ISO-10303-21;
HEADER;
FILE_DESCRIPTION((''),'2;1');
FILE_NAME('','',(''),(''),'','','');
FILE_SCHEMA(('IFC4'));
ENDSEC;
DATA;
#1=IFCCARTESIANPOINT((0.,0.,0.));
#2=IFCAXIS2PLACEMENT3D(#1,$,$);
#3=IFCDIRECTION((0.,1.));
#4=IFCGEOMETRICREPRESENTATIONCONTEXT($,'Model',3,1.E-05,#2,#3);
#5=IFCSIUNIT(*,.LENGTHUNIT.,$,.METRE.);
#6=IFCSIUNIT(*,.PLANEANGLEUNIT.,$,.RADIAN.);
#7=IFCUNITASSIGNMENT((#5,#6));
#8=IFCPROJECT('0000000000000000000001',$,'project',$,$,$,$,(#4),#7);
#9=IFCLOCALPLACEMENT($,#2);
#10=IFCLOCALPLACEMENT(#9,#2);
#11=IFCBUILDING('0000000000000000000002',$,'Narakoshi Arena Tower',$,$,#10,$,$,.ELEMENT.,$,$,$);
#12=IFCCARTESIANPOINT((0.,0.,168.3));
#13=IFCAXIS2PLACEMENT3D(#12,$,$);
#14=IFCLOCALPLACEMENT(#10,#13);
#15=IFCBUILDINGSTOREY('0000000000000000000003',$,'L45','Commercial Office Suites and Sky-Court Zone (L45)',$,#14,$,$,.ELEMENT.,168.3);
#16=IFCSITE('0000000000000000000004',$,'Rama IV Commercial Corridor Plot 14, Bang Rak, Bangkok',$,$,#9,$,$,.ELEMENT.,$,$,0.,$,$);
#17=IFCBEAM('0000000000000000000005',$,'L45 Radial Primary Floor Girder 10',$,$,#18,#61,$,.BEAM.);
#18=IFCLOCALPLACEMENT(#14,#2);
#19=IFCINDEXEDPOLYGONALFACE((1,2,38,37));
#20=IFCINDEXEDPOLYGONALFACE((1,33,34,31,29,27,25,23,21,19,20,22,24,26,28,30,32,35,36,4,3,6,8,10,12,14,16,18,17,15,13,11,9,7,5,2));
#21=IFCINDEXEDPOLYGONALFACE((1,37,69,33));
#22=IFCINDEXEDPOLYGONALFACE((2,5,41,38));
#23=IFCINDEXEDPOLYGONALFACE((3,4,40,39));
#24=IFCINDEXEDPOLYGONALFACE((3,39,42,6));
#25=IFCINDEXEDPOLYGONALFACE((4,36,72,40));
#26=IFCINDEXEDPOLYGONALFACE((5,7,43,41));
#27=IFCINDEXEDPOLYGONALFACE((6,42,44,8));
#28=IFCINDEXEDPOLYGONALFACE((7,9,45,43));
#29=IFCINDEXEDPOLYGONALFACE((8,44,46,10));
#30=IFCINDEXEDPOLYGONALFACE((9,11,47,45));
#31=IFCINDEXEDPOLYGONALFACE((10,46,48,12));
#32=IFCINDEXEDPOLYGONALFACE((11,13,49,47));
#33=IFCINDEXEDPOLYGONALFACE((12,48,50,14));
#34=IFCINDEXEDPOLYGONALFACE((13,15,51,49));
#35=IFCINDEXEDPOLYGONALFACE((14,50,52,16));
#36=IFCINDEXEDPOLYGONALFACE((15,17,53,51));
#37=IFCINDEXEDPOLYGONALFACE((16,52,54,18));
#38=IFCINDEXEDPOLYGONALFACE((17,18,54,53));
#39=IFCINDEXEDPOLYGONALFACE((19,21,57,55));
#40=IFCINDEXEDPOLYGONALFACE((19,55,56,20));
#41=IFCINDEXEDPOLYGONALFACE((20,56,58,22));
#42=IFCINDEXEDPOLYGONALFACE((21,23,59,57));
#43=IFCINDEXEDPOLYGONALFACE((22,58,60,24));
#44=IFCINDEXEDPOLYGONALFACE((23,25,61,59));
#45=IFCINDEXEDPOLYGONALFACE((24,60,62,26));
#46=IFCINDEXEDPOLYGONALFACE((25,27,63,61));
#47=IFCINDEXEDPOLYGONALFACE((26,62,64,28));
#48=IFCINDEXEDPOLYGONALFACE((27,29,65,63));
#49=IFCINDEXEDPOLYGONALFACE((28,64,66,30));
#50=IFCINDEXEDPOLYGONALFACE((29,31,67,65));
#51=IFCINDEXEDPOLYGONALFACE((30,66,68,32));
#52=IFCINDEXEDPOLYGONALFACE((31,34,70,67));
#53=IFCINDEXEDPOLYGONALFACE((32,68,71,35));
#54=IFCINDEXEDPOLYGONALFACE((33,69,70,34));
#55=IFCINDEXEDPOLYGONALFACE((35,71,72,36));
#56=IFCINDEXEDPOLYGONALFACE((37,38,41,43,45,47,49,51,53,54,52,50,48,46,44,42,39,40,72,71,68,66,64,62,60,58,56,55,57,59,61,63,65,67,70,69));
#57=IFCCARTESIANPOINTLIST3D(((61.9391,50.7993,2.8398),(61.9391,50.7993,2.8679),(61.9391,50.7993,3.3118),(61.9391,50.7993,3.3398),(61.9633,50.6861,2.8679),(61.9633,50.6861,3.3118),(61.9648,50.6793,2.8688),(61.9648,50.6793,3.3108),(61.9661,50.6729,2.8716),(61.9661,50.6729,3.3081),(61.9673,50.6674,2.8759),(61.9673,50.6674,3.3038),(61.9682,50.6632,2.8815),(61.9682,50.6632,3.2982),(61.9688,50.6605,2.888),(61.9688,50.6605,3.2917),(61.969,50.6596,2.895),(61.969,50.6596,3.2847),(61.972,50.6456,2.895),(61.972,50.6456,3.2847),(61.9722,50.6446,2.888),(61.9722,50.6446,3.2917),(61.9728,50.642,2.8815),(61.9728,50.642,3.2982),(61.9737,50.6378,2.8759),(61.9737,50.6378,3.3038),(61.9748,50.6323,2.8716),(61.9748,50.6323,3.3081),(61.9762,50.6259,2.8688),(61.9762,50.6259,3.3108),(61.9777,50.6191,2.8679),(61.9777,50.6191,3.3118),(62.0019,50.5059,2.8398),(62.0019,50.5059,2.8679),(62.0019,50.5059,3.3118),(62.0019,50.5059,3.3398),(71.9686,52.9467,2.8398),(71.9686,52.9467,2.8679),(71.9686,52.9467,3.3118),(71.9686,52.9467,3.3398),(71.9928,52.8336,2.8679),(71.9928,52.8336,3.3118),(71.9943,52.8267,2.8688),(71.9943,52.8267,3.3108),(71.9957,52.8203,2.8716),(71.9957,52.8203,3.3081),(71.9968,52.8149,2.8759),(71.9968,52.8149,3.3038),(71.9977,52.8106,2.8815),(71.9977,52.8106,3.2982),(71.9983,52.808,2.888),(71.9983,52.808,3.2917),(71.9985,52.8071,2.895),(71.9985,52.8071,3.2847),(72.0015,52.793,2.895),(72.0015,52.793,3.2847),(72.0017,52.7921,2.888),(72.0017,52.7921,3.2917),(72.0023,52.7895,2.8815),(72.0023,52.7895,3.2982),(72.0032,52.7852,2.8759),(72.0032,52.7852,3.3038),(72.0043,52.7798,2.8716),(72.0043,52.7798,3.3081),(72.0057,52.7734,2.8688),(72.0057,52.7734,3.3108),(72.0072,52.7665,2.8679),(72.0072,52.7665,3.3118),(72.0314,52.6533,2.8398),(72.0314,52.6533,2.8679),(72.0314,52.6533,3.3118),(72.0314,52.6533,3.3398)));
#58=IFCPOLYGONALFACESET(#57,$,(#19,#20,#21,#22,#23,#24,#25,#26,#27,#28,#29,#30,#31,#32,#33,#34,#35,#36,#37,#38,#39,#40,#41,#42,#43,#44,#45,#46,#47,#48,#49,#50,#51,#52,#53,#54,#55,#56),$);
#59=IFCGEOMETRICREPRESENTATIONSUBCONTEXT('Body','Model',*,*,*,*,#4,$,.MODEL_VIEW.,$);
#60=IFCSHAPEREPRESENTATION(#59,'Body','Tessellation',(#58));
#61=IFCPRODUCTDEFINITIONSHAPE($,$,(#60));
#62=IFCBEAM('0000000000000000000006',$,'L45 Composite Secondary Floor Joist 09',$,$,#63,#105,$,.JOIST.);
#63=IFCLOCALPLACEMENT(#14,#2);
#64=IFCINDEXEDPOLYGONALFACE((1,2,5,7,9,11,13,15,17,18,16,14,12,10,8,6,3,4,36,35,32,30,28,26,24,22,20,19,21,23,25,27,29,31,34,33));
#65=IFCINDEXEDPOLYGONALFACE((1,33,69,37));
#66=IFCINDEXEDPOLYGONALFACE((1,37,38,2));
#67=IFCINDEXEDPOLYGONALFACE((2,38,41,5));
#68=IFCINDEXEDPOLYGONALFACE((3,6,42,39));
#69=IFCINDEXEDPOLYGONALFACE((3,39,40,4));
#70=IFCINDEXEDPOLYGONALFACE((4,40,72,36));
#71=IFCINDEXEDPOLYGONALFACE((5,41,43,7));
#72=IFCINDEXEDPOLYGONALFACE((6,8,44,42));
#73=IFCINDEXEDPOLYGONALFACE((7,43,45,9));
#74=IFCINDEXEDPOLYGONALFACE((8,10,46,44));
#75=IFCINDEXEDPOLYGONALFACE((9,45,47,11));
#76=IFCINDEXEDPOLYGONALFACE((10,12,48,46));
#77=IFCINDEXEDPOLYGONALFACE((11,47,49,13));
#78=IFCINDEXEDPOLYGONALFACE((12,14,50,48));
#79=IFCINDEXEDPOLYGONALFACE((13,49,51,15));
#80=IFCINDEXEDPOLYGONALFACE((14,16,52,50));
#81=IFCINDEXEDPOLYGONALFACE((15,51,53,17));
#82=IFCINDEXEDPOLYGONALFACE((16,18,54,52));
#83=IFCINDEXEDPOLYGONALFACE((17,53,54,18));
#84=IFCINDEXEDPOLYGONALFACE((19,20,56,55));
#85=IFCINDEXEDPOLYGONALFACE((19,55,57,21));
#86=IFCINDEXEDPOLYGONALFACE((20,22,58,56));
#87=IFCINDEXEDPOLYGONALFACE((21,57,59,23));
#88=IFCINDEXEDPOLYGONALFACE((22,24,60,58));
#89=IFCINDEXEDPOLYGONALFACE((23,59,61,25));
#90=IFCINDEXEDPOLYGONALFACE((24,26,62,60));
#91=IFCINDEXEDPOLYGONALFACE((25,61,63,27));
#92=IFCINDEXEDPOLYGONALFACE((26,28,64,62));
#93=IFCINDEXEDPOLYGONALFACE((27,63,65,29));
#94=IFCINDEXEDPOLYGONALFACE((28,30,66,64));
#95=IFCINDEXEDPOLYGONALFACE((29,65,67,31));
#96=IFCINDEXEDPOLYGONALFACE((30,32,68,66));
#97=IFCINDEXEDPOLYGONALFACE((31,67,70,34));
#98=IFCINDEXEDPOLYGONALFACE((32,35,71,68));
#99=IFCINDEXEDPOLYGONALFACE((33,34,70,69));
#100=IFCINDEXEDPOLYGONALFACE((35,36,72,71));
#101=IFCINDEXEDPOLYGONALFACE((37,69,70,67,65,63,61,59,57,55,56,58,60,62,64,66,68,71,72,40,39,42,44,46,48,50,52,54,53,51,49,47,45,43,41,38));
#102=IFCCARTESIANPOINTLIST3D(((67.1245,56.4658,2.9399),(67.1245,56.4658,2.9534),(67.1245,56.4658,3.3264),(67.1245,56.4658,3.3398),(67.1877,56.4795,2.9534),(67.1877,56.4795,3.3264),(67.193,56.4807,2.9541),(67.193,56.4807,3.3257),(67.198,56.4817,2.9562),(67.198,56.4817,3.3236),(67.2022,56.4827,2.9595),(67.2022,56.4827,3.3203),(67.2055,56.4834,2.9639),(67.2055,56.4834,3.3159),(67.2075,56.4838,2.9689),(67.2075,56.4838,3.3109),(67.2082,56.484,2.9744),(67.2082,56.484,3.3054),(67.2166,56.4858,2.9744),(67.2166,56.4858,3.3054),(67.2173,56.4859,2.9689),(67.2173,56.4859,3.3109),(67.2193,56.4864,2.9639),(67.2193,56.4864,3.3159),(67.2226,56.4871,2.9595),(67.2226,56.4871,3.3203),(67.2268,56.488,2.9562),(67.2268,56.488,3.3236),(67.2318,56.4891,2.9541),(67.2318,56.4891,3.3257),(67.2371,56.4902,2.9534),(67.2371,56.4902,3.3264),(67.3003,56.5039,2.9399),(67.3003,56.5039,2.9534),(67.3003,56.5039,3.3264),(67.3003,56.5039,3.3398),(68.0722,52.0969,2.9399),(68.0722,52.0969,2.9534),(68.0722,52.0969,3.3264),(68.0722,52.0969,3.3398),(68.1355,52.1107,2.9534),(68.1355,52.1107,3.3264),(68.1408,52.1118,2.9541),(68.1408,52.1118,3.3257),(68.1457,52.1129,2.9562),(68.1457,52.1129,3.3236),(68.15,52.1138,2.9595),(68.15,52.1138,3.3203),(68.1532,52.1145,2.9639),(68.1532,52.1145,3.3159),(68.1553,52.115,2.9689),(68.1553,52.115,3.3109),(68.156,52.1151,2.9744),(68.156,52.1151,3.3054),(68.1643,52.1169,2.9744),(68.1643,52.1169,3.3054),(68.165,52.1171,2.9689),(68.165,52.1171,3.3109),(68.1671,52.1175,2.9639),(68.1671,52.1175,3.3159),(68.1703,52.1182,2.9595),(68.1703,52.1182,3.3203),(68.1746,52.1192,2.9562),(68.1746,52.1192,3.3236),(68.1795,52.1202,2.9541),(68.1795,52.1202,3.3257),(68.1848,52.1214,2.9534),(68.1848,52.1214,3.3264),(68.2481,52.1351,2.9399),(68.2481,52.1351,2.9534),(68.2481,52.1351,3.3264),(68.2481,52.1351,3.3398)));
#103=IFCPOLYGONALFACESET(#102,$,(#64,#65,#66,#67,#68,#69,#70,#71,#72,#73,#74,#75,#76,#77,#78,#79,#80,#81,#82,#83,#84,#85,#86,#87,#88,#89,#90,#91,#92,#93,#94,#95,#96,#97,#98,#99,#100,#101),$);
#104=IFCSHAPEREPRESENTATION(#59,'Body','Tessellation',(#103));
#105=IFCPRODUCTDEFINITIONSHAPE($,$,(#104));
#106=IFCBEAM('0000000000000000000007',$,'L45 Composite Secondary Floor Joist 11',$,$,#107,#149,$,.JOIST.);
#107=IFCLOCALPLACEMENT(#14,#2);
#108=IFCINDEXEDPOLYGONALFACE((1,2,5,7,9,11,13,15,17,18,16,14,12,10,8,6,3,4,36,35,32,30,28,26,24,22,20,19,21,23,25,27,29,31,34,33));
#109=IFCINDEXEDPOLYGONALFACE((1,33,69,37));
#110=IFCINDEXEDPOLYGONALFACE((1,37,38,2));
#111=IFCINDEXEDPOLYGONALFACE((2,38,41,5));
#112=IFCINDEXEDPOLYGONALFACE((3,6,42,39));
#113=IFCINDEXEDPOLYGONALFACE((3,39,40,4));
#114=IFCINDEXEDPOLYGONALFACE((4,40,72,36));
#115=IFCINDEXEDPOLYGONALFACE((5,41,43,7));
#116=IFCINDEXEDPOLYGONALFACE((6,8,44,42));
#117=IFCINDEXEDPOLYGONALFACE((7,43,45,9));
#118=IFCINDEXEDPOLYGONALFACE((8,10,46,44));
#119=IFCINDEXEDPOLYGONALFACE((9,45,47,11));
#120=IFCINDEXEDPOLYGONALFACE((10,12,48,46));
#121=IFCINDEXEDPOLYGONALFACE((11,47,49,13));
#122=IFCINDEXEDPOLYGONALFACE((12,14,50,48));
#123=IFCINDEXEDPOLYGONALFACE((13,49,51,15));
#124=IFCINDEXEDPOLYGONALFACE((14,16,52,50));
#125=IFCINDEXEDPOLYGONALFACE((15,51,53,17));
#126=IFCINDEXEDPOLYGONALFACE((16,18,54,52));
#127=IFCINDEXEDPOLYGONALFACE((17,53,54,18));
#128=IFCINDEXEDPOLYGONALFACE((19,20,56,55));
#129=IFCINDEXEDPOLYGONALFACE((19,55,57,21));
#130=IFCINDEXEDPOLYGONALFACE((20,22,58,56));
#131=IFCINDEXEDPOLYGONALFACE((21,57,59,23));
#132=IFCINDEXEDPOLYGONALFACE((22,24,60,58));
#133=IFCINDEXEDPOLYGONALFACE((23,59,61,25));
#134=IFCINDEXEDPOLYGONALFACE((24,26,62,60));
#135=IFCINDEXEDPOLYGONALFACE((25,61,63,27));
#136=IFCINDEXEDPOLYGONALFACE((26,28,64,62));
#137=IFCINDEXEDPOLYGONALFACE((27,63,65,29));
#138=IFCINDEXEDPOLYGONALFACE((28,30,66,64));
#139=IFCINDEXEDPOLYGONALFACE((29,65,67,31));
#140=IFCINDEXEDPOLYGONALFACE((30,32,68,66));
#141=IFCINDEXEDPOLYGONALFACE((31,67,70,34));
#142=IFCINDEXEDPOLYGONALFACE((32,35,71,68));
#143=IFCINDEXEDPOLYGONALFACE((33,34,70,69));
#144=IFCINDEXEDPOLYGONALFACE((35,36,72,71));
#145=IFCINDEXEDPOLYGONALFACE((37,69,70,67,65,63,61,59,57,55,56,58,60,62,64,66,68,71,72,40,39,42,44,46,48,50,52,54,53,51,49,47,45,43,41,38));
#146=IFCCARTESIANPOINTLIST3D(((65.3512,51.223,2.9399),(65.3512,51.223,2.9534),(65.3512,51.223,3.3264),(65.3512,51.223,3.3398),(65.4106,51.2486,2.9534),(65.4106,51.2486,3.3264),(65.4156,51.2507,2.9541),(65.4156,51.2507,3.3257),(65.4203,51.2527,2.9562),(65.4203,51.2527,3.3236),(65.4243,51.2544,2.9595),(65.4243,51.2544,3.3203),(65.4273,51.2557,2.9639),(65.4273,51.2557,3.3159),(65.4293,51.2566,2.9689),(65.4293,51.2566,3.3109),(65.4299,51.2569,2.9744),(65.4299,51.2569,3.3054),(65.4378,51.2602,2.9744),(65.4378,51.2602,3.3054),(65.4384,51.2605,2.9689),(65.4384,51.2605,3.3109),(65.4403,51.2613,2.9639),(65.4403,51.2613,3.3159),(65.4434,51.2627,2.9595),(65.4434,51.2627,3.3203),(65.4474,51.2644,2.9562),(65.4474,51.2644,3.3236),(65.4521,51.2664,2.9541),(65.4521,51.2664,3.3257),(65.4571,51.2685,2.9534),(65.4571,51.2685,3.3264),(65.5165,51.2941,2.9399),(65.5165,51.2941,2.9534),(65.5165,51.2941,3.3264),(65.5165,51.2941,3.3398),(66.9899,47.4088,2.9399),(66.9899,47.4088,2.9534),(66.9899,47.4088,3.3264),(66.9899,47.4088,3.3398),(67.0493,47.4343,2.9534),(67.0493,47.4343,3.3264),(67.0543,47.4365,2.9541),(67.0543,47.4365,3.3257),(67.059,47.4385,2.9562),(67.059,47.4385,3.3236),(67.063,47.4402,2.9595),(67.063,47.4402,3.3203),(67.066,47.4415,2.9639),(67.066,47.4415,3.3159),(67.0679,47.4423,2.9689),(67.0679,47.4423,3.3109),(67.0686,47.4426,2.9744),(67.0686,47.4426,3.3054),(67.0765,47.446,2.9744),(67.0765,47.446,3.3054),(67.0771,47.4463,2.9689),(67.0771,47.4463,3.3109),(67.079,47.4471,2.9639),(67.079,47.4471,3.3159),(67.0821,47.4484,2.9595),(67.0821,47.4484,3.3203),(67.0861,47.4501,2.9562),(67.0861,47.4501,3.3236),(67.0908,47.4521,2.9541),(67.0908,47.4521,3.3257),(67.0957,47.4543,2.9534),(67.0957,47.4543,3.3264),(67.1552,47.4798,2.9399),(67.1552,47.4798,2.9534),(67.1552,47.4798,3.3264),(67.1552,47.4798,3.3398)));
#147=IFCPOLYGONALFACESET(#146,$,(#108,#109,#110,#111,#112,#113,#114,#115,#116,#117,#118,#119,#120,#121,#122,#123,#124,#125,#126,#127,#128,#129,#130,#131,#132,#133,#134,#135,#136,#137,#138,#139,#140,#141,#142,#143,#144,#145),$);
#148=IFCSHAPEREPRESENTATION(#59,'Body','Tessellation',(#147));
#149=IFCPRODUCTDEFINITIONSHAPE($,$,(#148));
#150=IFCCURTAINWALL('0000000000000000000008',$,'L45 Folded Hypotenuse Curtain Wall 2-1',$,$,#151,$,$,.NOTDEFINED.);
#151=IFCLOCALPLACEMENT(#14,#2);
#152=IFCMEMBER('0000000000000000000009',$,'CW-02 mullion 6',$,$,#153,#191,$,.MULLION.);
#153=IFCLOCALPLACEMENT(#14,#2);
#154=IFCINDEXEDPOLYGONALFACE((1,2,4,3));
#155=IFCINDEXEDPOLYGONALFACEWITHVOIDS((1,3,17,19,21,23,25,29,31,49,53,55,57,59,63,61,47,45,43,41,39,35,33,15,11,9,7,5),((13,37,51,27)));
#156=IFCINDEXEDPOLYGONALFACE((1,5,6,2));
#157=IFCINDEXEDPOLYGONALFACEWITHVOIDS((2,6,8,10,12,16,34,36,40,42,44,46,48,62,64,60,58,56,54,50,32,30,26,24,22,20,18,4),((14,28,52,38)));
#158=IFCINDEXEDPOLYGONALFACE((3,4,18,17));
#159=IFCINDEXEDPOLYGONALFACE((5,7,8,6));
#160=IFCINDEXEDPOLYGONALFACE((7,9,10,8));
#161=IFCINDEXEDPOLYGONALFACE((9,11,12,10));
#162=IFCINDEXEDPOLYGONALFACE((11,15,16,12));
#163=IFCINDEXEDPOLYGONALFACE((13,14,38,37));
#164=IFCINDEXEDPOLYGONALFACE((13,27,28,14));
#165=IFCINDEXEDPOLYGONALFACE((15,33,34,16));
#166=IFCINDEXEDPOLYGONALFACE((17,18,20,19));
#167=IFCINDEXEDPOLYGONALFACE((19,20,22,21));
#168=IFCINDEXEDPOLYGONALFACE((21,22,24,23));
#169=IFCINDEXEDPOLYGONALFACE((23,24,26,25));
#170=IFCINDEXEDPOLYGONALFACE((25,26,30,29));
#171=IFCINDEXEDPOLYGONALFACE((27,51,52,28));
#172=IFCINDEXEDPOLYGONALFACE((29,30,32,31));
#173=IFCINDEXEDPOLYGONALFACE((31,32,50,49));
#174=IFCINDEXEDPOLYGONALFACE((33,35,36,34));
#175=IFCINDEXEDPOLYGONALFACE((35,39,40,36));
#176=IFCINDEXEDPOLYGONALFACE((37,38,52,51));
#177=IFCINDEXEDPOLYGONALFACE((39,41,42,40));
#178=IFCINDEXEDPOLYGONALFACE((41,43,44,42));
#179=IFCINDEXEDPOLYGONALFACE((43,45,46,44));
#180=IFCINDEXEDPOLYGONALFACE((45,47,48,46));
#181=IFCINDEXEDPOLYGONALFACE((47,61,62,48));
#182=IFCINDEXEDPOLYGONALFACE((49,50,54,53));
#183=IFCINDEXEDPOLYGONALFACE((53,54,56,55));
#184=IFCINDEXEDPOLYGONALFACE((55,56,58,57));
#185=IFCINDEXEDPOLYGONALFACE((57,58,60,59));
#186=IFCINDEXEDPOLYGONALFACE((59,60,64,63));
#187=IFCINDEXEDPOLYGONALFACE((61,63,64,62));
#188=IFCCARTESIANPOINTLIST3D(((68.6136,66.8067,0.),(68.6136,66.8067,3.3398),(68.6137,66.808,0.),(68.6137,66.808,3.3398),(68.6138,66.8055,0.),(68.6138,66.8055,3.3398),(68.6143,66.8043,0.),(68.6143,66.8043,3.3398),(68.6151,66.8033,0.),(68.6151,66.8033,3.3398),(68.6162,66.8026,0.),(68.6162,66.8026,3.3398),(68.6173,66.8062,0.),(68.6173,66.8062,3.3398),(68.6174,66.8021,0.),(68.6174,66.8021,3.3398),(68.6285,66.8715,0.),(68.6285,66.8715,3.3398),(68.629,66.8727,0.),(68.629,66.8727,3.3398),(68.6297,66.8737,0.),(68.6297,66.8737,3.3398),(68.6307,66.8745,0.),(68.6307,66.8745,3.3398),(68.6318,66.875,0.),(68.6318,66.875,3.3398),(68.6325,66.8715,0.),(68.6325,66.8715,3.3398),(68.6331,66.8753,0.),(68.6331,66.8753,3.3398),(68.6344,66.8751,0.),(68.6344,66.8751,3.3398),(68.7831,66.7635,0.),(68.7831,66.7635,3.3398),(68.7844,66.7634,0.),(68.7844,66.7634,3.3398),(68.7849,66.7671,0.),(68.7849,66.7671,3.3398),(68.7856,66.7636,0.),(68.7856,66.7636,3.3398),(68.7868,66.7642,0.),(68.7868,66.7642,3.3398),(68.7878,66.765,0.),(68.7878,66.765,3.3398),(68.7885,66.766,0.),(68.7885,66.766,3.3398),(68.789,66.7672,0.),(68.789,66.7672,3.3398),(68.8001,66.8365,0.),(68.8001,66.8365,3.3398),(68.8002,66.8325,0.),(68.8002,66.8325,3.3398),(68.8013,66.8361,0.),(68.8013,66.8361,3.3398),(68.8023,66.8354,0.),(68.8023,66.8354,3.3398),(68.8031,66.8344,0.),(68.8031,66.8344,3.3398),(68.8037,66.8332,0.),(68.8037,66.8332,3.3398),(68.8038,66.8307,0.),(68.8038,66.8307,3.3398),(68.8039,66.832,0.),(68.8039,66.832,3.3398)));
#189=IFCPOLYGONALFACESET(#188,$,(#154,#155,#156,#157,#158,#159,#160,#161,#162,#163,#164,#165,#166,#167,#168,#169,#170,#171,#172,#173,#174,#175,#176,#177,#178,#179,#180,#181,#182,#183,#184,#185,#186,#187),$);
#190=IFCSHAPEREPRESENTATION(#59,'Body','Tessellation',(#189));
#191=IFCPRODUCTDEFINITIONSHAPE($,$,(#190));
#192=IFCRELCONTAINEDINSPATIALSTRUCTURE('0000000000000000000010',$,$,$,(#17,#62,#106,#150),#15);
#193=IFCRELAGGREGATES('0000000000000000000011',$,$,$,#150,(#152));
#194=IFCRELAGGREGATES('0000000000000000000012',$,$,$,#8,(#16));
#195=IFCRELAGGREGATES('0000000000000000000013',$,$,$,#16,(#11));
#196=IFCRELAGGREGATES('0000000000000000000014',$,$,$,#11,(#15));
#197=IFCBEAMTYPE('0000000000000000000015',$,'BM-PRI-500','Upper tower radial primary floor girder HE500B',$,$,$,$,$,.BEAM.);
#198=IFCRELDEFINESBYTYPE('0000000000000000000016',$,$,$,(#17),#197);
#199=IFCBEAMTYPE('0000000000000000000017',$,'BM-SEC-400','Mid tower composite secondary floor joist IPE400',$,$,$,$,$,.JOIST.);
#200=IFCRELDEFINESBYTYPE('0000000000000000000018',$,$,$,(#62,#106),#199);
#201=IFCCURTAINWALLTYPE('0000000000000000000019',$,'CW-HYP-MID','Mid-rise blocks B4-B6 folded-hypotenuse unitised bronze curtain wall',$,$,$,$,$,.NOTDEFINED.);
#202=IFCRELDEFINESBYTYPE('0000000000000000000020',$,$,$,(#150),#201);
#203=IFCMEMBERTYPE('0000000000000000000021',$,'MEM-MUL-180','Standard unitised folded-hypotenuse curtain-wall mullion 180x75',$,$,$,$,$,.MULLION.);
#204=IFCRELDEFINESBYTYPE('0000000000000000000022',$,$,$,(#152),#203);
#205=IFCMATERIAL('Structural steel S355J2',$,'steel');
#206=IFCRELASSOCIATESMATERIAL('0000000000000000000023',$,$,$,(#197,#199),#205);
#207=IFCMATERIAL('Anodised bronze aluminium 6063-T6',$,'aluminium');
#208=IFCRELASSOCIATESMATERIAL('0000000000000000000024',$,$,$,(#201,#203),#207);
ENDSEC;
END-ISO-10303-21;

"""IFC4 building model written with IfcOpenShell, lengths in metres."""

from ifc_helpers import new_model, si_unit, direction, frame, origin, origin_2d, place, context, subcontext, project, spatial, hollow_rectangle, i_section, extrude, material, material_profile, profile_set, type_object, element, aggregate, save


model = new_model("IFC4")

# Units and contexts
model_context = context("Model", 3, precision=1e-05, world=origin(), true_north=direction((0.0, 1.0)))
body_context = subcontext(model_context, "Body", "Model", "MODEL_VIEW")
ifc_project = project(units=[si_unit("LENGTHUNIT", "METRE"), si_unit("PLANEANGLEUNIT", "RADIAN")], contexts=[model_context])

# Site, building, storey
site_placement = place(None, origin())
site = spatial("IfcSite", under=ifc_project, at=site_placement, Name="Rama IV Commercial Corridor Plot 14, Bang Rak, Bangkok", CompositionType="ELEMENT", RefElevation=0.0)
building_placement = place(site_placement, origin())
building = spatial("IfcBuilding", under=site, at=building_placement, Name="Narakoshi Arena Tower", CompositionType="ELEMENT")
storey_placement = place(building_placement, frame((0.0, 0.0, 168.3)))
storey = spatial("IfcBuildingStorey", under=building, at=storey_placement, Name="L45", Description="Commercial Office Suites and Sky-Court Zone (L45)", CompositionType="ELEMENT", Elevation=168.3)

# Beams
ifc_material_1 = material(Name="Structural steel S355J2", Category="steel")
ifc_material_profile_1 = material_profile(ifc_material_1, i_section(OverallWidth=0.3, OverallDepth=0.5, WebThickness=0.0144, FlangeThickness=0.0281, FilletRadius=0.0271, at=origin_2d()), Name="HE500B")
ifc_profile_set_1 = profile_set([ifc_material_profile_1], Name="Structural steel S355J2")
beam_type_1 = type_object("IfcBeamType", Name="BM-PRI-500", Description="Upper tower radial primary floor girder HE500B", PredefinedType="BEAM", material=ifc_profile_set_1)
beam_1_placement = place(storey_placement, frame((72.0, 52.8, 3.0898), z_axis=(-0.977837, -0.209368, 0.0), x_axis=(0.209368, -0.977837, 0.0)))
element("IfcBeam", 1, at=beam_1_placement, inside=storey, type_object=beam_type_1, Name="L45 Radial Primary Floor Girder 10", PredefinedType="BEAM", context=body_context, shape_type="SweptSolid", body=[
    extrude(i_section(OverallWidth=0.3, OverallDepth=0.5, WebThickness=0.0144, FlangeThickness=0.0281, FilletRadius=0.0271, at=origin_2d()), origin(), (0.0, 0.0, 1.0), 10.2568),
])
ifc_material_profile_2 = material_profile(ifc_material_1, i_section(OverallWidth=0.1799, OverallDepth=0.3999, WebThickness=0.0085, FlangeThickness=0.0134, FilletRadius=0.021, at=origin_2d()), Name="IPE400")
ifc_profile_set_2 = profile_set([ifc_material_profile_2], Name="Structural steel S355J2")
beam_type_2 = type_object("IfcBeamType", Name="BM-SEC-400", Description="Mid tower composite secondary floor joist IPE400", PredefinedType="JOIST", material=ifc_profile_set_2)
beam_2_placement = place(storey_placement, frame((67.2124, 56.4849, 3.1399), z_axis=(0.212001, -0.977269, 0.0), x_axis=(0.977269, 0.212001, 0.0)))
element("IfcBeam", 2, at=beam_2_placement, inside=storey, type_object=beam_type_2, Name="L45 Composite Secondary Floor Joist 09", PredefinedType="JOIST", context=body_context, shape_type="SweptSolid", body=[
    extrude(i_section(OverallWidth=0.1799, OverallDepth=0.3999, WebThickness=0.0085, FlangeThickness=0.0134, FilletRadius=0.021, at=origin_2d()), origin(), (0.0, 0.0, 1.0), 4.4705),
])
beam_3_placement = place(storey_placement, frame((65.4338, 51.2585, 3.1399), z_axis=(0.394735, -0.918795, 0.0), x_axis=(0.918795, 0.394735, 0.0)))
element("IfcBeam", 3, at=beam_3_placement, inside=storey, type_object=beam_type_2, Name="L45 Composite Secondary Floor Joist 11", PredefinedType="JOIST", context=body_context, shape_type="SweptSolid", body=[
    extrude(i_section(OverallWidth=0.1799, OverallDepth=0.3999, WebThickness=0.0085, FlangeThickness=0.0134, FilletRadius=0.021, at=origin_2d()), origin(), (0.0, 0.0, 1.0), 4.1514),
])

# Curtain wall, member
ifc_material_2 = material(Name="Anodised bronze aluminium 6063-T6", Category="aluminium")
curtain_wall_type = type_object("IfcCurtainWallType", Name="CW-HYP-MID", Description="Mid-rise blocks B4-B6 folded-hypotenuse unitised bronze curtain wall", PredefinedType="NOTDEFINED", material=ifc_material_2)
curtain_wall_placement = place(storey_placement, origin())
curtain_wall = element("IfcCurtainWall", 4, at=curtain_wall_placement, inside=storey, type_object=curtain_wall_type, Name="L45 Folded Hypotenuse Curtain Wall 2-1", PredefinedType="NOTDEFINED")
ifc_material_profile_3 = material_profile(ifc_material_2, hollow_rectangle(XDim=0.075, YDim=0.1799, WallThickness=0.0039, OuterFilletRadius=0.0049, at=origin_2d()), Name="MUL180x75x4")
ifc_profile_set_3 = profile_set([ifc_material_profile_3], Name="Anodised bronze aluminium 6063-T6")
member_type_1 = type_object("IfcMemberType", Name="MEM-MUL-180", Description="Standard unitised folded-hypotenuse curtain-wall mullion 180x75", PredefinedType="MULLION", material=ifc_profile_set_3)
member_1_placement = place(storey_placement, frame((68.7087, 66.8193, 0.0), z_axis=(0.0, 0.0, 1.0), x_axis=(-0.226721, -0.97396, 0.0)))
member_1 = element("IfcMember", 5, at=member_1_placement, type_object=member_type_1, Name="CW-02 mullion 6", PredefinedType="MULLION", context=body_context, shape_type="SweptSolid", body=[
    extrude(hollow_rectangle(XDim=0.075, YDim=0.1799, WallThickness=0.0039, OuterFilletRadius=0.0049, at=origin_2d()), origin(), (0.0, 0.0, 1.0), 3.3398),
])
aggregate(curtain_wall, [member_1])

save(model, "model.ifc")
